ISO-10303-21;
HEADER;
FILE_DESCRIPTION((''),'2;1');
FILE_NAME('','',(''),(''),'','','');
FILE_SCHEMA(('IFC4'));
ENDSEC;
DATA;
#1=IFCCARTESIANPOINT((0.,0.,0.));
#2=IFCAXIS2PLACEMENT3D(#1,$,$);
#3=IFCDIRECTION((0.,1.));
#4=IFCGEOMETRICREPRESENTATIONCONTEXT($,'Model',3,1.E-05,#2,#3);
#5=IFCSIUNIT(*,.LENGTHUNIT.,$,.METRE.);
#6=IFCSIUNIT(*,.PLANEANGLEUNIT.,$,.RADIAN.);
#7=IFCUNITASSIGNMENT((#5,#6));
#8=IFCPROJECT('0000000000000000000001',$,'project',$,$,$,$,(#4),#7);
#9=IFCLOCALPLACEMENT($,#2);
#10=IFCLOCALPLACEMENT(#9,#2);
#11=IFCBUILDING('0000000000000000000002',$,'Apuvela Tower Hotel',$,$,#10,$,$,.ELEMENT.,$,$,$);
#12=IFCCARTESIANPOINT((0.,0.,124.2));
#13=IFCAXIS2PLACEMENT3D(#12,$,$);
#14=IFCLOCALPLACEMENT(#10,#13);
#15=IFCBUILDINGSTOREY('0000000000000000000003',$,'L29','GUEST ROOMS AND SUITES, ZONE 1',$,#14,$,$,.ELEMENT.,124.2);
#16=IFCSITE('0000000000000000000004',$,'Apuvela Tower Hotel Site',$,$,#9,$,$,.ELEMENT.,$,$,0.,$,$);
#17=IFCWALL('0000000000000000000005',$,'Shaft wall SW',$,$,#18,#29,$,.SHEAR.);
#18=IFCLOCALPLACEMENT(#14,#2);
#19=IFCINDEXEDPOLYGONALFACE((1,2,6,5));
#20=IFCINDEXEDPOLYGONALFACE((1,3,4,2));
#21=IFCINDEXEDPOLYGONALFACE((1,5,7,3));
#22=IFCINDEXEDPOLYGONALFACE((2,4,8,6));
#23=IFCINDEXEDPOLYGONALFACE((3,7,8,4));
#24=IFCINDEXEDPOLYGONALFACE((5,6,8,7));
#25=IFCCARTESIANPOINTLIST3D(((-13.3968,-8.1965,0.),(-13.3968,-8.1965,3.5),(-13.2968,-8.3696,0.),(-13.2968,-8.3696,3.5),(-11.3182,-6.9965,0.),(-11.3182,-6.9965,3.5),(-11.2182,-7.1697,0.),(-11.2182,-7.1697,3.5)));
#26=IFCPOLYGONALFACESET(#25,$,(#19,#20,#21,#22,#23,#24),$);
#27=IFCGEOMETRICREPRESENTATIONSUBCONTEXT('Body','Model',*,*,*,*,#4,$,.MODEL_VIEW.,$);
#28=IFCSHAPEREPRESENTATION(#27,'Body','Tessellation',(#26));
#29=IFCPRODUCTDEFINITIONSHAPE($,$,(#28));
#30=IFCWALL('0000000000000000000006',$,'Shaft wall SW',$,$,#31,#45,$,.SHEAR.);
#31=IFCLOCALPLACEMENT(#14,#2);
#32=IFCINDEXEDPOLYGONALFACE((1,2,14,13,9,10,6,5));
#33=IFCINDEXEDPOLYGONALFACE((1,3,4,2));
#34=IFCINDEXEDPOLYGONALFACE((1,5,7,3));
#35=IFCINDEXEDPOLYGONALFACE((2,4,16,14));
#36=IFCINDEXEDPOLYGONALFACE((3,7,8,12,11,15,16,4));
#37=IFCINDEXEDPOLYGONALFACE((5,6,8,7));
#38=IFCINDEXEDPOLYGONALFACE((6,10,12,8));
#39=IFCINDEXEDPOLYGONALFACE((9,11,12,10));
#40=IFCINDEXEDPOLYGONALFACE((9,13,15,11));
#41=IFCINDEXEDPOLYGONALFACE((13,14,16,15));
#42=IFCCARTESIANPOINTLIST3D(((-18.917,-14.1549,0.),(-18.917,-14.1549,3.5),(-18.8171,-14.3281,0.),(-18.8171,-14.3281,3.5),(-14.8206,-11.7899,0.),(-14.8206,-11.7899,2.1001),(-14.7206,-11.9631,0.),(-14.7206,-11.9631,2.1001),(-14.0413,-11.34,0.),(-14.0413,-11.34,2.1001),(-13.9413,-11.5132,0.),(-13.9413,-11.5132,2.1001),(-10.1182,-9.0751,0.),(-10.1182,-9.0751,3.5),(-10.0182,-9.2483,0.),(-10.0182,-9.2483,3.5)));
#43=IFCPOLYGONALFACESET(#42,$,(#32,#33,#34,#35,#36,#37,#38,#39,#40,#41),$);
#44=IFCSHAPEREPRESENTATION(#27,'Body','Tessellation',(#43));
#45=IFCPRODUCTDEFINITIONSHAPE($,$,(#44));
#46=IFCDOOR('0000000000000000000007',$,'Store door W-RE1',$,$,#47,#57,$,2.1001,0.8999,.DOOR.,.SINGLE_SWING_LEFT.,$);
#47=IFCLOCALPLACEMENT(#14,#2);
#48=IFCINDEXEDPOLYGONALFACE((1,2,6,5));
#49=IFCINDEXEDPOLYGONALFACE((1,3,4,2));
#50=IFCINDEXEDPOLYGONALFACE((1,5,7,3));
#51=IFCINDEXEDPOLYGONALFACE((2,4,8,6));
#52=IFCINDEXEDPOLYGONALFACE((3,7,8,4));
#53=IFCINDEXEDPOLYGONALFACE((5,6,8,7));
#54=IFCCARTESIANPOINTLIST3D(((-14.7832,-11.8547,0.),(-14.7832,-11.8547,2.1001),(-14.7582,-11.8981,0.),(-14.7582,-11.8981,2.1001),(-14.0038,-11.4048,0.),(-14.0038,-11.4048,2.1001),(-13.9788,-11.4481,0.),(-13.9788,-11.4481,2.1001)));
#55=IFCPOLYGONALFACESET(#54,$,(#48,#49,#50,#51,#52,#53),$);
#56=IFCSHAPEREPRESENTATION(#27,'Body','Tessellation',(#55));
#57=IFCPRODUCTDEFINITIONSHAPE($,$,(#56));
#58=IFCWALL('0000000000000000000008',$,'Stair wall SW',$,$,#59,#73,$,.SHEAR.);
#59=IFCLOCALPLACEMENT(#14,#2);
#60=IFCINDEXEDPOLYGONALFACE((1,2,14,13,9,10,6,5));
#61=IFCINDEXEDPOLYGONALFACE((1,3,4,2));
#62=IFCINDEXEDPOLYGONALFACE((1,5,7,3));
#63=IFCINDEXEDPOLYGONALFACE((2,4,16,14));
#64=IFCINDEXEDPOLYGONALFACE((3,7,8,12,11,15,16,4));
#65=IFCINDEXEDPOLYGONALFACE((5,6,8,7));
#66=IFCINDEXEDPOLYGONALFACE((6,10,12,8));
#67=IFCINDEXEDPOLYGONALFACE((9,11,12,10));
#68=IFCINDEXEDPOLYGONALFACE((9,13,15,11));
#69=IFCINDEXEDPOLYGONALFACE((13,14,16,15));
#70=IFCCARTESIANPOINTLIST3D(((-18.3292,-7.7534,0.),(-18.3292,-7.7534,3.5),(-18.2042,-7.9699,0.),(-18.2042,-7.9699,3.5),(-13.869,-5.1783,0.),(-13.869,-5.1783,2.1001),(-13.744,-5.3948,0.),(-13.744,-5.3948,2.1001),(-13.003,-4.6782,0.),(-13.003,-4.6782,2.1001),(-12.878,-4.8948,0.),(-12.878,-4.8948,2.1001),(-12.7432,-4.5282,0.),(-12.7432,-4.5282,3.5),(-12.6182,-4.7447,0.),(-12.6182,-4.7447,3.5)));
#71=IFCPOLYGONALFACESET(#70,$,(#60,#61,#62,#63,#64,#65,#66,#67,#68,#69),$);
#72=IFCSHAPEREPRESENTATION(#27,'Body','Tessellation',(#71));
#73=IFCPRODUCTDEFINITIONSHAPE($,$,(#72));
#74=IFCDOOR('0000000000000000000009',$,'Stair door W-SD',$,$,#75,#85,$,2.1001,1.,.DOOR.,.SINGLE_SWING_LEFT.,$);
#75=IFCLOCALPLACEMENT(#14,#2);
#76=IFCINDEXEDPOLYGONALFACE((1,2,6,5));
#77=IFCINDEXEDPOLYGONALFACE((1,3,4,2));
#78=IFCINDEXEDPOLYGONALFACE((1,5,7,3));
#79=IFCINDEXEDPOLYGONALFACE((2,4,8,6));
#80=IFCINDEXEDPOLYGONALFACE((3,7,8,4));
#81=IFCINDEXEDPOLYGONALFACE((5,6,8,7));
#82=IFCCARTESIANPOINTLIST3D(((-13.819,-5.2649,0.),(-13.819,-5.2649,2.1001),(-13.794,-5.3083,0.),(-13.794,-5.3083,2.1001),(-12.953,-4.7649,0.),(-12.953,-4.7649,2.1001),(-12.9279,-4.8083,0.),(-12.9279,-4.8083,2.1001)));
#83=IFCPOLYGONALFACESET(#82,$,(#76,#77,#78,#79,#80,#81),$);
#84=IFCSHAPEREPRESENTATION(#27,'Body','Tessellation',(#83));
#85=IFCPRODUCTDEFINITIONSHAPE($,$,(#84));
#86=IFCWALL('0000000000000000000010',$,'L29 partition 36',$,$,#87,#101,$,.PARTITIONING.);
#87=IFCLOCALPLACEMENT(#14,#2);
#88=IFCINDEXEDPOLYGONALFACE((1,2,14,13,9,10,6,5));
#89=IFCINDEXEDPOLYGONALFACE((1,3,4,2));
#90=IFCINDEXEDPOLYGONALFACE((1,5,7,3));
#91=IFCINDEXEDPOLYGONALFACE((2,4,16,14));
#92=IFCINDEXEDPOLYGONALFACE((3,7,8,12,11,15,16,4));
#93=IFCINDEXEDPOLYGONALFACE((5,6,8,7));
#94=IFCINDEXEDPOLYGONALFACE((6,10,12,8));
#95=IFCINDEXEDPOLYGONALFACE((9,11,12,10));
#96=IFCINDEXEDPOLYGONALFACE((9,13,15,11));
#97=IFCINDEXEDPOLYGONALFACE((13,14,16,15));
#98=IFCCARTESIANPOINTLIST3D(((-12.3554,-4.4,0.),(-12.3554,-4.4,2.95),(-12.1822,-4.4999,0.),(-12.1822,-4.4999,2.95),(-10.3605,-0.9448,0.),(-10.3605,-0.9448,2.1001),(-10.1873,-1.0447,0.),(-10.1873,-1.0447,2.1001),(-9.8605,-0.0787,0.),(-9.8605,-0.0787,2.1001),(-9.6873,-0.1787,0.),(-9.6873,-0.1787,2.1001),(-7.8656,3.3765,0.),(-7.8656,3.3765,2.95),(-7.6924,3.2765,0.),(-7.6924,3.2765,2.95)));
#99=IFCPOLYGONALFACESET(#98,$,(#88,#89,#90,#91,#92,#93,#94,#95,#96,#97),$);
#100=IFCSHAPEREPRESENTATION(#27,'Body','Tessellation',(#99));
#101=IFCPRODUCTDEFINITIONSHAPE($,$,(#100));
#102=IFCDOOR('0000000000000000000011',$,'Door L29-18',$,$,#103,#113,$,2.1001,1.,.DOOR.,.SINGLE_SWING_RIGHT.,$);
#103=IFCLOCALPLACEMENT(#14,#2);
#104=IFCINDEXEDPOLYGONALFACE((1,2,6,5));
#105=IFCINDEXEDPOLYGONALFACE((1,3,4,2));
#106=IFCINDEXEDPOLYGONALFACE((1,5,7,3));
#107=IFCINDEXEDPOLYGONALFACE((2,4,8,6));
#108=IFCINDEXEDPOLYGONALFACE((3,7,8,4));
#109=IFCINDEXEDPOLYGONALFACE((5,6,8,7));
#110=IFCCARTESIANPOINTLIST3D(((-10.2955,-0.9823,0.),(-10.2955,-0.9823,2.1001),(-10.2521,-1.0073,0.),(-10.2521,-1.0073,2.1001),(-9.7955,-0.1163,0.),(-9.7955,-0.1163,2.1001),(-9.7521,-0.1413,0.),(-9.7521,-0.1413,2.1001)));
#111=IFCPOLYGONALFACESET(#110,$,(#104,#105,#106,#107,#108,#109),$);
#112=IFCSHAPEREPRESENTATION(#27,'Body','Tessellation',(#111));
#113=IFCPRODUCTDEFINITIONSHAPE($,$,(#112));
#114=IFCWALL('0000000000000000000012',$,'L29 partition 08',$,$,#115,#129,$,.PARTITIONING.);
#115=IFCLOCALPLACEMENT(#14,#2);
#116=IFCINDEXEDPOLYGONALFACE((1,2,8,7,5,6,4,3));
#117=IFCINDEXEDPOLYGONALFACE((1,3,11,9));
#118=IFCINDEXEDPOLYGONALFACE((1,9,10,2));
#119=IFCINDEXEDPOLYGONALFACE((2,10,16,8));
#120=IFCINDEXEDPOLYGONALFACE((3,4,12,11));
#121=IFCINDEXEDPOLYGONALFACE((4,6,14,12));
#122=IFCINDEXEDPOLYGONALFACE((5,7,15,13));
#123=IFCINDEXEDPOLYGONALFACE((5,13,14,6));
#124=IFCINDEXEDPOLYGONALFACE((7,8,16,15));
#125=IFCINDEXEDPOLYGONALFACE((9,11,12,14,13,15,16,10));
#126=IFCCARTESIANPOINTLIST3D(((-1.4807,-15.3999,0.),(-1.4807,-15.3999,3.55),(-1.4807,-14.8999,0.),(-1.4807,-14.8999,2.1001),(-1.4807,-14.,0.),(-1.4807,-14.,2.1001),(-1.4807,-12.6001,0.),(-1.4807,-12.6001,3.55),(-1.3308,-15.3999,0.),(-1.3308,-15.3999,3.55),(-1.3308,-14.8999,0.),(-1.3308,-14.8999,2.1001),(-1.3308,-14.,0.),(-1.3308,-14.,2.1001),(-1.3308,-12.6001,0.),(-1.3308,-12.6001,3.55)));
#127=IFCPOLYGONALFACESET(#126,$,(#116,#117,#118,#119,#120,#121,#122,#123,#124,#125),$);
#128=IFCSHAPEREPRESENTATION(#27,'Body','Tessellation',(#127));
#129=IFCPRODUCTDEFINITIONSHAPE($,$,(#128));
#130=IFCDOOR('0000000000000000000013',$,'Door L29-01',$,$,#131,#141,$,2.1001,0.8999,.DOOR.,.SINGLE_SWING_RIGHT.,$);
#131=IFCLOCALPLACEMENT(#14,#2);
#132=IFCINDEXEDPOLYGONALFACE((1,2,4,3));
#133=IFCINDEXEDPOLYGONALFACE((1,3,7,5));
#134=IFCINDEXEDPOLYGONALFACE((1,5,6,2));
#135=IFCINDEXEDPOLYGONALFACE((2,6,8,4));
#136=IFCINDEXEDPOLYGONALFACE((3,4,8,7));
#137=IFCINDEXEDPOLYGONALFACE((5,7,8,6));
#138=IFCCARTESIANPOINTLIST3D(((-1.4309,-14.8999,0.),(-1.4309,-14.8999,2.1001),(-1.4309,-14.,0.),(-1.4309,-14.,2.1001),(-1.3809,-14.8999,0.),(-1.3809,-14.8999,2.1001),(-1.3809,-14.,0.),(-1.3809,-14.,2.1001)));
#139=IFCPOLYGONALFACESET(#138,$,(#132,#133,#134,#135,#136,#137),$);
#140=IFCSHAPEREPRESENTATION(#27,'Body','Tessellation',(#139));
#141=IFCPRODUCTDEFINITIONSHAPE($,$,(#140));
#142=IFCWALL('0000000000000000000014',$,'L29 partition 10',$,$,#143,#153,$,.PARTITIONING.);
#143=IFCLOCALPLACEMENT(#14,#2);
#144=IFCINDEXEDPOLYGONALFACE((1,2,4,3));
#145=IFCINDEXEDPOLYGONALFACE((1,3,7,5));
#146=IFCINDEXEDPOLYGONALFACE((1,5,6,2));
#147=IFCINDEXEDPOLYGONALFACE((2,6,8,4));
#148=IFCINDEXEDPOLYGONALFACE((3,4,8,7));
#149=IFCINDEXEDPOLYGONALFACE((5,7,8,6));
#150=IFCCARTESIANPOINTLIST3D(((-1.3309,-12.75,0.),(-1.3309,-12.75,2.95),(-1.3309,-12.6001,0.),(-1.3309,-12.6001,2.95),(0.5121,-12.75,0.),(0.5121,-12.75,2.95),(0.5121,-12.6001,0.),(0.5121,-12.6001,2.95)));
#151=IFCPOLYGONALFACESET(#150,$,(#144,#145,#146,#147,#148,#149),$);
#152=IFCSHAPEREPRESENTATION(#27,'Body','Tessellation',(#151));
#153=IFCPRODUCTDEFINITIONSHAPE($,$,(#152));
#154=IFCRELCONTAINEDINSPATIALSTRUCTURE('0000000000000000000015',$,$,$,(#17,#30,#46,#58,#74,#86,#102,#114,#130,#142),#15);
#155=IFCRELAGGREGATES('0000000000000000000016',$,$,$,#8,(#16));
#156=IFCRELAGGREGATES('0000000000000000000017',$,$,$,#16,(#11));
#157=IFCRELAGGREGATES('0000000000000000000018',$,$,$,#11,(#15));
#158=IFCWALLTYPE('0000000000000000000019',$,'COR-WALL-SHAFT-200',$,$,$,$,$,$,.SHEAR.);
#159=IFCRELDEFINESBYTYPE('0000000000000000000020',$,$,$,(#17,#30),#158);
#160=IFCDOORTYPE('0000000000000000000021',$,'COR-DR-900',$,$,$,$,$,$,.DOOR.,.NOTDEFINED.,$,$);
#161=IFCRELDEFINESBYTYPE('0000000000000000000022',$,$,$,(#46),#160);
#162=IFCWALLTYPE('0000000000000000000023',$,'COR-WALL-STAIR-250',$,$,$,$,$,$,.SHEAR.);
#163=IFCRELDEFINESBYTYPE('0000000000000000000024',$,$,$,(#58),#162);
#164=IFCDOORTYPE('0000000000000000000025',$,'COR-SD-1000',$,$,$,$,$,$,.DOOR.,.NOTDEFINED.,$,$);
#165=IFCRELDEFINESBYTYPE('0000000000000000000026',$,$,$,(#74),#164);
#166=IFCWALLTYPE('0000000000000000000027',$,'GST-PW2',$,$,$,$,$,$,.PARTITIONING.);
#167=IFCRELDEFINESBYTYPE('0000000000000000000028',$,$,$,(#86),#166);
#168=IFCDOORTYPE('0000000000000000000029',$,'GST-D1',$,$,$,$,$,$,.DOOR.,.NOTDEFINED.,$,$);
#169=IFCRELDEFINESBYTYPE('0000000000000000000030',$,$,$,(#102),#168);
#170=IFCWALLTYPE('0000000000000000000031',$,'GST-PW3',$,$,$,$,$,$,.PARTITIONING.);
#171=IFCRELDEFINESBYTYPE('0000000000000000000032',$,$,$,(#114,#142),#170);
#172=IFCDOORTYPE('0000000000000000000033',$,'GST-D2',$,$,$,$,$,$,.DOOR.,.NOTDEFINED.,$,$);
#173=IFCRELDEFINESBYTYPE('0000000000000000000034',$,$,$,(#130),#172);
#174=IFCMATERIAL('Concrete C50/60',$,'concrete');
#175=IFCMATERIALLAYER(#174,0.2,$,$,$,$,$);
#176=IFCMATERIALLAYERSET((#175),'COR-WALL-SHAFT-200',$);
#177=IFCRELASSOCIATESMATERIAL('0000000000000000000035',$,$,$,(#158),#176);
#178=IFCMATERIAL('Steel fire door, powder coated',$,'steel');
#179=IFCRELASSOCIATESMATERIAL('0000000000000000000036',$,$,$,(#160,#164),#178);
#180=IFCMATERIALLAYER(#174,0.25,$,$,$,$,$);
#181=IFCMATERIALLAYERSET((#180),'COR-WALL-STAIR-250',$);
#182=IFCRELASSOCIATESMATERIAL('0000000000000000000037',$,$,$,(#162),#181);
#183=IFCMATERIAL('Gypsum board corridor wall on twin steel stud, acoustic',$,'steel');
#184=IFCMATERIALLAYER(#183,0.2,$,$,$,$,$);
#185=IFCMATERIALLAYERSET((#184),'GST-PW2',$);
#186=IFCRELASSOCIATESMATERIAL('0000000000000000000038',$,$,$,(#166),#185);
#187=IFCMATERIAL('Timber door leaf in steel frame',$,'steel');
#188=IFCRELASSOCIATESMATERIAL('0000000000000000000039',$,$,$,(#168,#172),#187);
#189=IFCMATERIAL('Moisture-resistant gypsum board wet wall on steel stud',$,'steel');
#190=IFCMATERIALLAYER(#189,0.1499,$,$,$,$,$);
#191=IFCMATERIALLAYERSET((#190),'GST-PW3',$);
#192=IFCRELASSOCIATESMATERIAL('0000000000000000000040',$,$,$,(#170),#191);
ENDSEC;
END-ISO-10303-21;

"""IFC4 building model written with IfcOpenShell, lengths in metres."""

from ifc_helpers import new_model, si_unit, direction, frame, frame_2d, origin, place, context, subcontext, project, spatial, rectangle, extrude, material, layer, layer_set, type_object, element, fill, save


model = new_model("IFC4")

# Units and contexts
model_context = context("Model", 3, precision=1e-05, world=origin(), true_north=direction((0.0, 1.0)))
body_context = subcontext(model_context, "Body", "Model", "MODEL_VIEW")
ifc_project = project(units=[si_unit("LENGTHUNIT", "METRE"), si_unit("PLANEANGLEUNIT", "RADIAN")], contexts=[model_context])

# Site, building, storey
site_placement = place(None, origin())
site = spatial("IfcSite", under=ifc_project, at=site_placement, Name="Apuvela Tower Hotel Site", CompositionType="ELEMENT", RefElevation=0.0)
building_placement = place(site_placement, origin())
building = spatial("IfcBuilding", under=site, at=building_placement, Name="Apuvela Tower Hotel", CompositionType="ELEMENT")
storey_placement = place(building_placement, frame((0.0, 0.0, 124.2)))
storey = spatial("IfcBuildingStorey", under=building, at=storey_placement, Name="L29", Description="GUEST ROOMS AND SUITES, ZONE 1", CompositionType="ELEMENT", Elevation=124.2)

# Shared definitions
ifc_material_1 = material(Name="Concrete C50/60", Category="concrete")
ifc_material_2 = material(Name="Steel fire door, powder coated", Category="steel")

# Shared definitions
ifc_layer_1 = layer(ifc_material_1, 0.2)
ifc_layer_set_1 = layer_set([ifc_layer_1], Name="COR-WALL-SHAFT-200")
wall_type_1 = type_object("IfcWallType", Name="COR-WALL-SHAFT-200", PredefinedType="SHEAR", material=ifc_layer_set_1)

# Wall
wall_1_placement = place(storey_placement, frame((-11.2681, -7.083, 0.0), z_axis=(0.0, 0.0, 1.0), x_axis=(-0.86605, -0.499957, 0.0)))
element("IfcWall", 1, at=wall_1_placement, inside=storey, type_object=wall_type_1, Name="Shaft wall SW", PredefinedType="SHEAR", context=body_context, shape_type="SweptSolid", body=[
    extrude(rectangle(XDim=2.4001, YDim=0.2, at=frame_2d((1.2002, 0.0))), origin(), (0.0, 0.0, 1.0), 3.5),
])

# Walls, openings, doors
wall_2_placement = place(storey_placement, frame((-10.0681, -9.1616, 0.0), z_axis=(0.0, 0.0, 1.0), x_axis=(-0.866033, -0.499987, 0.0)))
wall_2 = element("IfcWall", 2, at=wall_2_placement, inside=storey, type_object=wall_type_1, Name="Shaft wall SW", PredefinedType="SHEAR", context=body_context, shape_type="SweptSolid", body=[
    extrude(rectangle(XDim=10.1599, YDim=0.2, at=frame_2d((5.0801, 0.0))), origin(), (0.0, 0.0, 1.0), 3.5),
])
opening_1_placement = place(wall_2_placement, frame((4.53, 0.0, 0.0)))
opening_1 = element("IfcOpeningElement", 3, at=opening_1_placement, cuts=wall_2, PredefinedType="OPENING", context=body_context, shape_type="SweptSolid", body=[
    extrude(rectangle(XDim=0.8999, YDim=2.1001, at=frame_2d((0.45, 1.05))), frame((0.0, 0.1099, 0.0), z_axis=(0.0, -1.0, 0.0), x_axis=(1.0, 0.0, 0.0)), (0.0, 0.0, 1.0), 0.22),
])
door_type_1 = type_object("IfcDoorType", Name="COR-DR-900", OperationType="NOTDEFINED", PredefinedType="DOOR", material=ifc_material_2)
door_1_placement = place(opening_1_placement, origin())
door_1 = element("IfcDoor", 4, at=door_1_placement, inside=storey, type_object=door_type_1, Name="Store door W-RE1", OperationType="SINGLE_SWING_LEFT", OverallHeight=2.1001, OverallWidth=0.8999, PredefinedType="DOOR", context=body_context, shape_type="SweptSolid", body=[
    extrude(rectangle(XDim=0.8999, YDim=2.1001, at=frame_2d((0.45, 1.05))), frame((0.0, 0.0249, 0.0), z_axis=(0.0, -1.0, 0.0), x_axis=(1.0, 0.0, 0.0)), (0.0, 0.0, 1.0), 0.05),
])
fill(opening_1, door_1)
ifc_layer_2 = layer(ifc_material_1, 0.25)
ifc_layer_set_2 = layer_set([ifc_layer_2], Name="COR-WALL-STAIR-250")
wall_type_2 = type_object("IfcWallType", Name="COR-WALL-STAIR-250", PredefinedType="SHEAR", material=ifc_layer_set_2)
wall_3_placement = place(storey_placement, frame((-12.6807, -4.6365, 0.0), z_axis=(0.0, 0.0, 1.0), x_axis=(-0.866022, -0.500006, 0.0)))
wall_3 = element("IfcWall", 5, at=wall_3_placement, inside=storey, type_object=wall_type_2, Name="Stair wall SW", PredefinedType="SHEAR", context=body_context, shape_type="SweptSolid", body=[
    extrude(rectangle(XDim=6.4502, YDim=0.25, at=frame_2d((3.2251, 0.0))), origin(), (0.0, 0.0, 1.0), 3.5),
])
opening_2_placement = place(wall_3_placement, frame((0.3, 0.0, 0.0)))
opening_2 = element("IfcOpeningElement", 6, at=opening_2_placement, cuts=wall_3, PredefinedType="OPENING", context=body_context, shape_type="SweptSolid", body=[
    extrude(rectangle(XDim=1.0, YDim=2.1001, at=frame_2d((0.5, 1.05))), frame((0.0, 0.135, 0.0), z_axis=(0.0, -1.0, 0.0), x_axis=(1.0, 0.0, 0.0)), (0.0, 0.0, 1.0), 0.27),
])
door_type_2 = type_object("IfcDoorType", Name="COR-SD-1000", OperationType="NOTDEFINED", PredefinedType="DOOR", material=ifc_material_2)
door_2_placement = place(opening_2_placement, frame((1.0, 0.0, 0.0), z_axis=(0.0, 0.0, 1.0), x_axis=(-1.0, 0.0, 0.0)))
door_2 = element("IfcDoor", 7, at=door_2_placement, inside=storey, type_object=door_type_2, Name="Stair door W-SD", OperationType="SINGLE_SWING_LEFT", OverallHeight=2.1001, OverallWidth=1.0, PredefinedType="DOOR", context=body_context, shape_type="SweptSolid", body=[
    extrude(rectangle(XDim=1.0, YDim=2.1001, at=frame_2d((0.5, 1.05))), frame((0.0, 0.0249, 0.0), z_axis=(0.0, -1.0, 0.0), x_axis=(1.0, 0.0, 0.0)), (0.0, 0.0, 1.0), 0.05),
])
fill(opening_2, door_2)
ifc_material_3 = material(Name="Gypsum board corridor wall on twin steel stud, acoustic", Category="steel")
ifc_layer_3 = layer(ifc_material_3, 0.2)
ifc_layer_set_3 = layer_set([ifc_layer_3], Name="GST-PW2")
wall_type_3 = type_object("IfcWallType", Name="GST-PW2", PredefinedType="PARTITIONING", material=ifc_layer_set_3)
wall_4_placement = place(storey_placement, frame((-12.2688, -4.45, 0.0), z_axis=(0.0, 0.0, 1.0), x_axis=(0.500005, 0.866023, 0.0)))
wall_4 = element("IfcWall", 8, at=wall_4_placement, inside=storey, type_object=wall_type_3, Name="L29 partition 36", PredefinedType="PARTITIONING", context=body_context, shape_type="SweptSolid", body=[
    extrude(rectangle(XDim=8.9795, YDim=0.2, at=frame_2d((4.4897, 0.0))), origin(), (0.0, 0.0, 1.0), 2.95),
])
opening_3_placement = place(wall_4_placement, frame((3.9897, 0.0, 0.0)))
opening_3 = element("IfcOpeningElement", 9, at=opening_3_placement, cuts=wall_4, PredefinedType="OPENING", context=body_context, shape_type="SweptSolid", body=[
    extrude(rectangle(XDim=1.0, YDim=2.1001, at=frame_2d((0.5, 1.05))), frame((0.0, 0.1099, 0.0), z_axis=(0.0, -1.0, 0.0), x_axis=(1.0, 0.0, 0.0)), (0.0, 0.0, 1.0), 0.22),
])
ifc_material_4 = material(Name="Timber door leaf in steel frame", Category="steel")
door_type_3 = type_object("IfcDoorType", Name="GST-D1", OperationType="NOTDEFINED", PredefinedType="DOOR", material=ifc_material_4)
door_3_placement = place(opening_3_placement, origin())
door_3 = element("IfcDoor", 10, at=door_3_placement, inside=storey, type_object=door_type_3, Name="Door L29-18", OperationType="SINGLE_SWING_RIGHT", OverallHeight=2.1001, OverallWidth=1.0, PredefinedType="DOOR", context=body_context, shape_type="SweptSolid", body=[
    extrude(rectangle(XDim=1.0, YDim=2.1001, at=frame_2d((0.5, 1.05))), frame((0.0, 0.0249, 0.0), z_axis=(0.0, -1.0, 0.0), x_axis=(1.0, 0.0, 0.0)), (0.0, 0.0, 1.0), 0.05),
])
fill(opening_3, door_3)
ifc_material_5 = material(Name="Moisture-resistant gypsum board wet wall on steel stud", Category="steel")
ifc_layer_4 = layer(ifc_material_5, 0.1499)
ifc_layer_set_4 = layer_set([ifc_layer_4], Name="GST-PW3")
wall_type_4 = type_object("IfcWallType", Name="GST-PW3", PredefinedType="PARTITIONING", material=ifc_layer_set_4)
wall_5_placement = place(storey_placement, frame((-1.4058, -12.6001, 0.0), z_axis=(0.0, 0.0, 1.0), x_axis=(0.0, -1.0, 0.0)))
wall_5 = element("IfcWall", 11, at=wall_5_placement, inside=storey, type_object=wall_type_4, Name="L29 partition 08", PredefinedType="PARTITIONING", context=body_context, shape_type="SweptSolid", body=[
    extrude(rectangle(XDim=2.7998, YDim=0.1499, at=frame_2d((1.3999, 0.0))), origin(), (0.0, 0.0, 1.0), 3.55),
])
opening_4_placement = place(wall_5_placement, frame((1.3999, 0.0, 0.0)))
opening_4 = element("IfcOpeningElement", 12, at=opening_4_placement, cuts=wall_5, PredefinedType="OPENING", context=body_context, shape_type="SweptSolid", body=[
    extrude(rectangle(XDim=0.8999, YDim=2.1001, at=frame_2d((0.45, 1.05))), frame((0.0, 0.085, 0.0), z_axis=(0.0, -1.0, 0.0), x_axis=(1.0, 0.0, 0.0)), (0.0, 0.0, 1.0), 0.1699),
])
door_type_4 = type_object("IfcDoorType", Name="GST-D2", OperationType="NOTDEFINED", PredefinedType="DOOR", material=ifc_material_4)
door_4_placement = place(opening_4_placement, origin())
door_4 = element("IfcDoor", 13, at=door_4_placement, inside=storey, type_object=door_type_4, Name="Door L29-01", OperationType="SINGLE_SWING_RIGHT", OverallHeight=2.1001, OverallWidth=0.8999, PredefinedType="DOOR", context=body_context, shape_type="SweptSolid", body=[
    extrude(rectangle(XDim=0.8999, YDim=2.1001, at=frame_2d((0.45, 1.05))), frame((0.0, 0.0249, 0.0), z_axis=(0.0, -1.0, 0.0), x_axis=(1.0, 0.0, 0.0)), (0.0, 0.0, 1.0), 0.05),
])
fill(opening_4, door_4)

# Wall
wall_6_placement = place(storey_placement, frame((-1.3308, -12.675, 0.0), z_axis=(0.0, 0.0, 1.0), x_axis=(1.0, 0.0, 0.0)))
element("IfcWall", 14, at=wall_6_placement, inside=storey, type_object=wall_type_4, Name="L29 partition 10", PredefinedType="PARTITIONING", context=body_context, shape_type="SweptSolid", body=[
    extrude(rectangle(XDim=1.843, YDim=0.1499, at=frame_2d((0.9214, 0.0))), origin(), (0.0, 0.0, 1.0), 2.95),
])

save(model, "model.ifc")
